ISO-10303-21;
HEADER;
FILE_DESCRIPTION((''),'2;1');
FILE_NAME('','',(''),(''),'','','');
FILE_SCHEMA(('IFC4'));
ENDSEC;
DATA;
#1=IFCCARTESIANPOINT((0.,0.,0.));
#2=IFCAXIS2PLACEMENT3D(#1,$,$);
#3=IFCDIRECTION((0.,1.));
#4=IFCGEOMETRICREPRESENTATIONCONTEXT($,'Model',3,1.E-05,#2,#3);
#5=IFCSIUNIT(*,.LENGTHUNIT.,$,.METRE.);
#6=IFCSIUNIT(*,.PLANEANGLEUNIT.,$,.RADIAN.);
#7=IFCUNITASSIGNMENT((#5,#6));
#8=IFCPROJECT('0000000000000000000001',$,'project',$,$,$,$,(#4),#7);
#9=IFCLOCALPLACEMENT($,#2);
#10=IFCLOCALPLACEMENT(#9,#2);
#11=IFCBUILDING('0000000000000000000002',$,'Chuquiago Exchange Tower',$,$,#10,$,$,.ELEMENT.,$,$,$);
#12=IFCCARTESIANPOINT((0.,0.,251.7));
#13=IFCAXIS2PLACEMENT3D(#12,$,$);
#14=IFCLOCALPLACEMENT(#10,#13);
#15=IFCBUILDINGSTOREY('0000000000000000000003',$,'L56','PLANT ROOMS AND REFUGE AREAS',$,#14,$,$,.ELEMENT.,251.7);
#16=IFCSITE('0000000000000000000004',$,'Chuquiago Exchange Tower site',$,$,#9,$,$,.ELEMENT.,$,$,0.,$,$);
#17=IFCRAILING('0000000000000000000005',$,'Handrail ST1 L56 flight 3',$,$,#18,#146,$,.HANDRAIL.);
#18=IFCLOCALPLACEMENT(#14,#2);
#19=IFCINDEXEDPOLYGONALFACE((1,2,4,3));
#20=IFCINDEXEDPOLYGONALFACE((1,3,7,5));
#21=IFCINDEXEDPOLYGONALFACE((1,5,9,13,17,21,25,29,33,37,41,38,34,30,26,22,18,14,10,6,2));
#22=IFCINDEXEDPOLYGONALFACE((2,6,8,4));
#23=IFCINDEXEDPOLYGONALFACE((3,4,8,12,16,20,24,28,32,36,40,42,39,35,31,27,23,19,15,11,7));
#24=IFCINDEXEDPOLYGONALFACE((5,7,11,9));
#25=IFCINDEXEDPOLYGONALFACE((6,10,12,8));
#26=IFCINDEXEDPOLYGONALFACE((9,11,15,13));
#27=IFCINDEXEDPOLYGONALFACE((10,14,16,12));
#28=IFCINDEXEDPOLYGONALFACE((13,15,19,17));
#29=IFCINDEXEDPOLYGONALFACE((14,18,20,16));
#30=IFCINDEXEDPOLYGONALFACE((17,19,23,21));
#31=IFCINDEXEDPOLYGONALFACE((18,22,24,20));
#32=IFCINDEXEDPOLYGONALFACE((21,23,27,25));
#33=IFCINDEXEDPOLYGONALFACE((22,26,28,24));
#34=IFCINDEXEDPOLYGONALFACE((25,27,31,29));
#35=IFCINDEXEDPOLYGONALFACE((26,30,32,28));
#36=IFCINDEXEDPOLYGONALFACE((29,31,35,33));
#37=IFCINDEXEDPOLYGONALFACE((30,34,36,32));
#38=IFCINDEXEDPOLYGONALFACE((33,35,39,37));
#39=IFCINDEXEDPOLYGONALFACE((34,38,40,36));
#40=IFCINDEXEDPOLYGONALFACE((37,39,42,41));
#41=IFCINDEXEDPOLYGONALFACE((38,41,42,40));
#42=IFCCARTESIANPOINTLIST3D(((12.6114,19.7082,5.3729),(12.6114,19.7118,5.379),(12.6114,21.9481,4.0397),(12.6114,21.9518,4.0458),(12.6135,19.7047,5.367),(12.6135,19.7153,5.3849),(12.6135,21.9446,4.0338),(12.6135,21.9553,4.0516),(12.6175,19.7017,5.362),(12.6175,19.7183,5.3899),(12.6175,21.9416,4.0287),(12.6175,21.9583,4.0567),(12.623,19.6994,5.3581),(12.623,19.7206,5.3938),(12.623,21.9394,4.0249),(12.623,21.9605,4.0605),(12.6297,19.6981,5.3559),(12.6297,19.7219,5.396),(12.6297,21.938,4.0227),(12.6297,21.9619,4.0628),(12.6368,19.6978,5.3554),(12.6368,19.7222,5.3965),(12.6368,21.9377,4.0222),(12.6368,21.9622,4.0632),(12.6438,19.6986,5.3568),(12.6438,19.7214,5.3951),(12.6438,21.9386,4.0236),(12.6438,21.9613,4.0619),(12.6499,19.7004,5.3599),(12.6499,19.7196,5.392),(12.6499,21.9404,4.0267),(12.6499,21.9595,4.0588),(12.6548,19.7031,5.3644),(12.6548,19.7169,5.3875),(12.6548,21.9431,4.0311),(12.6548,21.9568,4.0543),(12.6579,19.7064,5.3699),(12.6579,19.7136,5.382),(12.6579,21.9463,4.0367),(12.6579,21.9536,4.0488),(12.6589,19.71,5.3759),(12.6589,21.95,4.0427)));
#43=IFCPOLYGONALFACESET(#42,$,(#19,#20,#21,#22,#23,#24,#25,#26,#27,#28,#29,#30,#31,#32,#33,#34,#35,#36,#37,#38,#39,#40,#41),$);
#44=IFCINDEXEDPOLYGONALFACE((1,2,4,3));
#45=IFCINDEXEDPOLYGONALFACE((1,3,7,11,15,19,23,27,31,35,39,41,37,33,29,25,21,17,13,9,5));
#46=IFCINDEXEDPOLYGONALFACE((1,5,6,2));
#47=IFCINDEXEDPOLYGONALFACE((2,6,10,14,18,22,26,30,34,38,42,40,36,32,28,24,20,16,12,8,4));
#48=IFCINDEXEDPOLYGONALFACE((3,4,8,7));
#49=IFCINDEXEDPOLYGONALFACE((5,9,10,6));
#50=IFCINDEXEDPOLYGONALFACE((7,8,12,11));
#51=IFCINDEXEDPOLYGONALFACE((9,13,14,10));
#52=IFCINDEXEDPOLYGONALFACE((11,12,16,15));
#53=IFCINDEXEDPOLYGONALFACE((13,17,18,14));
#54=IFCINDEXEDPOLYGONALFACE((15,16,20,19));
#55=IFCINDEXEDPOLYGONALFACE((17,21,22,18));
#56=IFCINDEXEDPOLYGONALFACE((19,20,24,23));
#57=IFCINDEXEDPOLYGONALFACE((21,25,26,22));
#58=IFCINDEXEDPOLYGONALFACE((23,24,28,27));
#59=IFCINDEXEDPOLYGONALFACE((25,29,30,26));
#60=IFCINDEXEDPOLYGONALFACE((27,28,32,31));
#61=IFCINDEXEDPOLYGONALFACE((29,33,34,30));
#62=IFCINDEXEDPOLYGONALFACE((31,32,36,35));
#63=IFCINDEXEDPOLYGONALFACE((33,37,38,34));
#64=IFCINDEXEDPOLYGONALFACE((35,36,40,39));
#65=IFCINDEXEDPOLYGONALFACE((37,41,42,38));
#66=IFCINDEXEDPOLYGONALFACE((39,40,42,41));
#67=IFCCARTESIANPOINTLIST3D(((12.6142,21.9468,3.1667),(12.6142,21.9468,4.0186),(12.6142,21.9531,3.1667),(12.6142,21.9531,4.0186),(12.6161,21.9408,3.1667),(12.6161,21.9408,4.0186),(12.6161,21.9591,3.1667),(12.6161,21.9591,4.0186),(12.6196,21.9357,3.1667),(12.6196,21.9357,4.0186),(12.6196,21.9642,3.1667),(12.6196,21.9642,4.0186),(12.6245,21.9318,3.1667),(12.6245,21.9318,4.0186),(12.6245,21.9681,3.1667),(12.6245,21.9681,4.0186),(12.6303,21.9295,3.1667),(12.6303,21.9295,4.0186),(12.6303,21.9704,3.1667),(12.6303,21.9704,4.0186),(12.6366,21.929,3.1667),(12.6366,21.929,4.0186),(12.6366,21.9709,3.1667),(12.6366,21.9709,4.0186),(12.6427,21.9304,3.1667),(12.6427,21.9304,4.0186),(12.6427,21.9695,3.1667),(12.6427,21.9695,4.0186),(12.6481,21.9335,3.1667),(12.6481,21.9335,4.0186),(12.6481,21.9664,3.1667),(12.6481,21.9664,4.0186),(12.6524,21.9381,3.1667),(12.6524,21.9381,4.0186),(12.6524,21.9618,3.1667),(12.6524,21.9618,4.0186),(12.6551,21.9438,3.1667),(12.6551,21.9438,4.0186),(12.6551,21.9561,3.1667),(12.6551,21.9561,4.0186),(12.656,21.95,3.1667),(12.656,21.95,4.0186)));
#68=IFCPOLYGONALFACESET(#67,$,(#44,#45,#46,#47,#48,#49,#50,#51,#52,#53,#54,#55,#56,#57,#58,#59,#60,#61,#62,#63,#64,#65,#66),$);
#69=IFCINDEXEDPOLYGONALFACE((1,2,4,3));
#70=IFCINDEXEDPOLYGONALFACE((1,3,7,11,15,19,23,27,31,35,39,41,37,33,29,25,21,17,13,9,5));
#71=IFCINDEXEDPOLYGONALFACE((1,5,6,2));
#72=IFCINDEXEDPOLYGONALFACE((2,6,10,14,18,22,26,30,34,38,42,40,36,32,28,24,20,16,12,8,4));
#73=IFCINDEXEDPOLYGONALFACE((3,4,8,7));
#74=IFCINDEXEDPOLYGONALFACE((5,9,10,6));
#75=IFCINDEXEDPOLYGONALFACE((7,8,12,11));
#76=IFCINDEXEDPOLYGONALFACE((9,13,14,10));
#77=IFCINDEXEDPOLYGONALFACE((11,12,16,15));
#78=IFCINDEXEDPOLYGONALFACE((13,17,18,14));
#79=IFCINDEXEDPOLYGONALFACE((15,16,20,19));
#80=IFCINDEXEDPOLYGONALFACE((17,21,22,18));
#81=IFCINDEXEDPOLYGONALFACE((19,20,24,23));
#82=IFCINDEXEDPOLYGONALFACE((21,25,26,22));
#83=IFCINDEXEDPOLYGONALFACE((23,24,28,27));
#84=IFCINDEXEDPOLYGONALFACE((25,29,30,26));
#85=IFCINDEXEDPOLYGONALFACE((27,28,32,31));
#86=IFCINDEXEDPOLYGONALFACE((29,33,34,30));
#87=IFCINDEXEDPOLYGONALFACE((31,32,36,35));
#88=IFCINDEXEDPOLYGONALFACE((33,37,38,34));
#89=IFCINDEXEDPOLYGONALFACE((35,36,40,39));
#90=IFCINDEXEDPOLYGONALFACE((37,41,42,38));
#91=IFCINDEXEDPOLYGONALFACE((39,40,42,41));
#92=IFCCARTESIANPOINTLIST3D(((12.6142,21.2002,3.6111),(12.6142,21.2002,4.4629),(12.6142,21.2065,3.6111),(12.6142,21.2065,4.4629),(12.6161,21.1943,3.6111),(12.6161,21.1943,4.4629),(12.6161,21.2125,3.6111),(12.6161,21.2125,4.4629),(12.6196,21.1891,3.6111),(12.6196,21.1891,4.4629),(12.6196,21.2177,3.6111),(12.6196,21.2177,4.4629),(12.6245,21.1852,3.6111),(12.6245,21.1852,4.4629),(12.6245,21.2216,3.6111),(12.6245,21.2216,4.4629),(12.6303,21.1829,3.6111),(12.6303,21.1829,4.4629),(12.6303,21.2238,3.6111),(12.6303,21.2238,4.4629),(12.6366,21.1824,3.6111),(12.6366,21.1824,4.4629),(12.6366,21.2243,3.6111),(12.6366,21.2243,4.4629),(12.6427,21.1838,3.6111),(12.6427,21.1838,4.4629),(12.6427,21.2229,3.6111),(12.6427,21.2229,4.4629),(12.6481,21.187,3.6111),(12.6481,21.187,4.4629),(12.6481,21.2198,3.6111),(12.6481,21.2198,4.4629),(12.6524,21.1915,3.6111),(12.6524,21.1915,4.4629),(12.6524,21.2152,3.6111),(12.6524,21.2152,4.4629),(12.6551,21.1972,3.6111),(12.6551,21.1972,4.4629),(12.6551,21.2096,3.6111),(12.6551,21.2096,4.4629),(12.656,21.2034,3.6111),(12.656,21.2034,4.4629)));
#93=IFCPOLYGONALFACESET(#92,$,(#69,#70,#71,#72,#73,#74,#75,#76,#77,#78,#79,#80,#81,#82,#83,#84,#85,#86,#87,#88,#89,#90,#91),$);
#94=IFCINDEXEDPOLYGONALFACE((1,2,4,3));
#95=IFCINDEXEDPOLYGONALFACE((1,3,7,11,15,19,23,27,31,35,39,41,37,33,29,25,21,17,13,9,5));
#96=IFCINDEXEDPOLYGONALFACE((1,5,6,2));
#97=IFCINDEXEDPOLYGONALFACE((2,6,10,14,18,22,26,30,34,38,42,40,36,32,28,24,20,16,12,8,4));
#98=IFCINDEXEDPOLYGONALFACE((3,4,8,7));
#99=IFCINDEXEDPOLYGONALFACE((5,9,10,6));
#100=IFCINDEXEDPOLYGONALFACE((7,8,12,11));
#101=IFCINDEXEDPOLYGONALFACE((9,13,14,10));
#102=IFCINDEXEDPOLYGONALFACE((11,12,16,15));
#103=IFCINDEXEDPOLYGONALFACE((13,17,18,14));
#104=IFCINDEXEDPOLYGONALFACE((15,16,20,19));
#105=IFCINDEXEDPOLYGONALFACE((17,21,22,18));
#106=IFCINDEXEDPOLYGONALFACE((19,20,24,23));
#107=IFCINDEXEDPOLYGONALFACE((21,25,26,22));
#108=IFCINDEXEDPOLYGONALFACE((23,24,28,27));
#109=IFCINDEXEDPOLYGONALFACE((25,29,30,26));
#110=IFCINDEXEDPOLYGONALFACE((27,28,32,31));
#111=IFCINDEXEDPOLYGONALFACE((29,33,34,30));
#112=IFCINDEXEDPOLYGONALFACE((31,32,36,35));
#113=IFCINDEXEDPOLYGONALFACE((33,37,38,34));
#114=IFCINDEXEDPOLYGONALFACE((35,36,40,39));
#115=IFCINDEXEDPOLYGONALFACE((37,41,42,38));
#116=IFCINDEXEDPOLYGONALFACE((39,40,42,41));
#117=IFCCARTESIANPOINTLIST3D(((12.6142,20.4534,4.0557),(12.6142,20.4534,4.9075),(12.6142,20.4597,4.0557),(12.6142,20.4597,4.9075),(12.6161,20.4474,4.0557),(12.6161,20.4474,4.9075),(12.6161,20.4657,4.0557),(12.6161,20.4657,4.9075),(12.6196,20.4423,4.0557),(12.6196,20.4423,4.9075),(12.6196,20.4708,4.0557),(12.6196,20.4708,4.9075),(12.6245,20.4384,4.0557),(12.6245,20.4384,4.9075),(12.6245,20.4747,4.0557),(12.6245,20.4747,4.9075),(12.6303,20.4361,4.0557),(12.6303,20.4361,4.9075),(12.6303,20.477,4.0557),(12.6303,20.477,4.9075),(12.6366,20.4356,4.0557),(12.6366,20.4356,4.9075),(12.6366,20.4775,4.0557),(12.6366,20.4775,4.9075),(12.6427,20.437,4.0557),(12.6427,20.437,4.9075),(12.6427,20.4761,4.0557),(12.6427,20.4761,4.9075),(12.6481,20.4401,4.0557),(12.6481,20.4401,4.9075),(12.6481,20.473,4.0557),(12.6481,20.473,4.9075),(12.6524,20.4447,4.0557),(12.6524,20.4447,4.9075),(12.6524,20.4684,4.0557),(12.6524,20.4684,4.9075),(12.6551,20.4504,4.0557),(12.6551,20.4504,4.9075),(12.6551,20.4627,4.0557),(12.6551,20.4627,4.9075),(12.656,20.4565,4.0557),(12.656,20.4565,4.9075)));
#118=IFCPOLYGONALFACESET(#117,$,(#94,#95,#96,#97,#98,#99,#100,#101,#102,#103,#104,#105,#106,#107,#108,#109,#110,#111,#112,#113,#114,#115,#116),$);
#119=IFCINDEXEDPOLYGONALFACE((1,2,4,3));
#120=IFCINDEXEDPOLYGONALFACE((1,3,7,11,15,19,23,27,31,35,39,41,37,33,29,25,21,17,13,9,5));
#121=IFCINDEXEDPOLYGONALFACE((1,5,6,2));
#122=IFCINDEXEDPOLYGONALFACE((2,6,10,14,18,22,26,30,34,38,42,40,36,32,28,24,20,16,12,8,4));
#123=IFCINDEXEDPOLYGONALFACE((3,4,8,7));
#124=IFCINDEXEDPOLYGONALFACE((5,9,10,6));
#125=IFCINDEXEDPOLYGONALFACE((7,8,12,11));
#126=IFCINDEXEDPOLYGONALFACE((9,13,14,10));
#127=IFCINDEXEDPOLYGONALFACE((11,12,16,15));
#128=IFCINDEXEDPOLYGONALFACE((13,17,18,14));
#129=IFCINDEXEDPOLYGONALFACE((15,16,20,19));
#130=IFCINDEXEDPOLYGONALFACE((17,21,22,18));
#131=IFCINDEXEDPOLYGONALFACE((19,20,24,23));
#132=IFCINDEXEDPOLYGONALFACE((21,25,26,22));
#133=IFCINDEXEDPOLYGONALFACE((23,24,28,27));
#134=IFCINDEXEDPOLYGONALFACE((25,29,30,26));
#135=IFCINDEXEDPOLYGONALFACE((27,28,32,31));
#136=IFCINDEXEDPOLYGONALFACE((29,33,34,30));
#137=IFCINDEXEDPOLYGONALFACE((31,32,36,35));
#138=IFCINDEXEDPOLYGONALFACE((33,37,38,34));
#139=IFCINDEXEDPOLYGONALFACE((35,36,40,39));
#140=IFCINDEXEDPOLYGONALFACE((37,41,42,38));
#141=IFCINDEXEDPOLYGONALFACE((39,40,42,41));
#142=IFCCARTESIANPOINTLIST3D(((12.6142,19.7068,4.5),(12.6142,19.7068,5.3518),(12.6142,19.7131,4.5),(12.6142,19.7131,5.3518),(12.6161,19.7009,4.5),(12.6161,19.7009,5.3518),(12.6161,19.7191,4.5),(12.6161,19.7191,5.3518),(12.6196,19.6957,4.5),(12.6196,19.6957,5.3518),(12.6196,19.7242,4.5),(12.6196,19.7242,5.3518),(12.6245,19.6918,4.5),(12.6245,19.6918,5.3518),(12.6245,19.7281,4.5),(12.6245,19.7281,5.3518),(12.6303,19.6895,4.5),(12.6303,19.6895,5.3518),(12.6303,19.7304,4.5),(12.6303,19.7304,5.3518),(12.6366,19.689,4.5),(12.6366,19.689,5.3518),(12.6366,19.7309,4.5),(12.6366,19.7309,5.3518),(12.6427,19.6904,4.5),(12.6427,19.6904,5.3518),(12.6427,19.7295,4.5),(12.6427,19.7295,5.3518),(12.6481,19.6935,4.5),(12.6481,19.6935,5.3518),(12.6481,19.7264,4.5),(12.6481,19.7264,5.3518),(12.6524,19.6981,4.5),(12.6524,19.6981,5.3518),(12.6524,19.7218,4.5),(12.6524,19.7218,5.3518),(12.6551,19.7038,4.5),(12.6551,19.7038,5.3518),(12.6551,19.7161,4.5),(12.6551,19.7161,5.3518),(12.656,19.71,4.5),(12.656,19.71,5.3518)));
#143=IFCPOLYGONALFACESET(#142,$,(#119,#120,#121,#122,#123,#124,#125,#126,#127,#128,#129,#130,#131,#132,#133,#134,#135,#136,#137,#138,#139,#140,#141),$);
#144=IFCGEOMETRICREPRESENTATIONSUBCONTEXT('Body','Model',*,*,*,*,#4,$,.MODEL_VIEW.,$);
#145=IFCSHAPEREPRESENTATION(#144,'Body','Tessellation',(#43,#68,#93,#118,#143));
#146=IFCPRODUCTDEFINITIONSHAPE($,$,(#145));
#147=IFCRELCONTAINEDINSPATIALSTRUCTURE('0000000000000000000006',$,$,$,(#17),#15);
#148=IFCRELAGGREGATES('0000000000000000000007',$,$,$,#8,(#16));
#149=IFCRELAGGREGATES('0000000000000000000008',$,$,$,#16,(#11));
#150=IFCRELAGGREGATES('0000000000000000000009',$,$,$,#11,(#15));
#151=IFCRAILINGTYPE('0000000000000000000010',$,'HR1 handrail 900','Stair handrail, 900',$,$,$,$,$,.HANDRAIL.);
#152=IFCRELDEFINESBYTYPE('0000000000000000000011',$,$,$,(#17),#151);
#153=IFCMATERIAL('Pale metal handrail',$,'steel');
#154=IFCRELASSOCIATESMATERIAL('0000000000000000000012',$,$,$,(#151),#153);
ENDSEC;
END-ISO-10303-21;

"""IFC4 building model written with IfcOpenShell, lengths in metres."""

from ifc_helpers import new_model, si_unit, direction, frame, origin, origin_2d, place, context, subcontext, project, spatial, circle, extrude, material, type_object, element, save


model = new_model("IFC4")

# Units and contexts
model_context = context("Model", 3, precision=1e-05, world=origin(), true_north=direction((0.0, 1.0)))
body_context = subcontext(model_context, "Body", "Model", "MODEL_VIEW")
ifc_project = project(units=[si_unit("LENGTHUNIT", "METRE"), si_unit("PLANEANGLEUNIT", "RADIAN")], contexts=[model_context])

# Site, building, storey
site_placement = place(None, origin())
site = spatial("IfcSite", under=ifc_project, at=site_placement, Name="Chuquiago Exchange Tower site", CompositionType="ELEMENT", RefElevation=0.0)
building_placement = place(site_placement, origin())
building = spatial("IfcBuilding", under=site, at=building_placement, Name="Chuquiago Exchange Tower", CompositionType="ELEMENT")
storey_placement = place(building_placement, frame((0.0, 0.0, 251.7)))
storey = spatial("IfcBuildingStorey", under=building, at=storey_placement, Name="L56", Description="PLANT ROOMS AND REFUGE AREAS", CompositionType="ELEMENT", Elevation=251.7)

# Railing
ifc_material_1 = material(Name="Pale metal handrail", Category="steel")
railing_type_1 = type_object("IfcRailingType", Name="HR1 handrail 900", Description="Stair handrail, 900", PredefinedType="HANDRAIL", material=ifc_material_1)
for number, where, name in (
    (1, (12.635, 21.95, 3.1667), "Handrail ST1 L56 flight 3"),
):
    element("IfcRailing", number, at=place(storey_placement, frame(where)), inside=storey, type_object=railing_type_1, Name=name, PredefinedType="HANDRAIL", context=body_context, shape_type="SweptSolid", body=[
        extrude(circle(Radius=0.0239, at=origin_2d()), frame((0.0, 0.0, 0.876), z_axis=(0.0, -0.859306, 0.511462), x_axis=(1.0, 0.0, 0.0)), (0.0, 0.0, 1.0), 2.6067),
        extrude(circle(Radius=0.021, at=origin_2d()), origin(), (0.0, 0.0, 1.0), 0.8518),
        extrude(circle(Radius=0.021, at=origin_2d()), frame((0.0, -0.7466, 0.4443)), (0.0, 0.0, 1.0), 0.8518),
        extrude(circle(Radius=0.021, at=origin_2d()), frame((0.0, -1.4934, 0.8889)), (0.0, 0.0, 1.0), 0.8518),
        extrude(circle(Radius=0.021, at=origin_2d()), frame((0.0, -2.24, 1.3333)), (0.0, 0.0, 1.0), 0.8518),
    ])

save(model, "model.ifc")
